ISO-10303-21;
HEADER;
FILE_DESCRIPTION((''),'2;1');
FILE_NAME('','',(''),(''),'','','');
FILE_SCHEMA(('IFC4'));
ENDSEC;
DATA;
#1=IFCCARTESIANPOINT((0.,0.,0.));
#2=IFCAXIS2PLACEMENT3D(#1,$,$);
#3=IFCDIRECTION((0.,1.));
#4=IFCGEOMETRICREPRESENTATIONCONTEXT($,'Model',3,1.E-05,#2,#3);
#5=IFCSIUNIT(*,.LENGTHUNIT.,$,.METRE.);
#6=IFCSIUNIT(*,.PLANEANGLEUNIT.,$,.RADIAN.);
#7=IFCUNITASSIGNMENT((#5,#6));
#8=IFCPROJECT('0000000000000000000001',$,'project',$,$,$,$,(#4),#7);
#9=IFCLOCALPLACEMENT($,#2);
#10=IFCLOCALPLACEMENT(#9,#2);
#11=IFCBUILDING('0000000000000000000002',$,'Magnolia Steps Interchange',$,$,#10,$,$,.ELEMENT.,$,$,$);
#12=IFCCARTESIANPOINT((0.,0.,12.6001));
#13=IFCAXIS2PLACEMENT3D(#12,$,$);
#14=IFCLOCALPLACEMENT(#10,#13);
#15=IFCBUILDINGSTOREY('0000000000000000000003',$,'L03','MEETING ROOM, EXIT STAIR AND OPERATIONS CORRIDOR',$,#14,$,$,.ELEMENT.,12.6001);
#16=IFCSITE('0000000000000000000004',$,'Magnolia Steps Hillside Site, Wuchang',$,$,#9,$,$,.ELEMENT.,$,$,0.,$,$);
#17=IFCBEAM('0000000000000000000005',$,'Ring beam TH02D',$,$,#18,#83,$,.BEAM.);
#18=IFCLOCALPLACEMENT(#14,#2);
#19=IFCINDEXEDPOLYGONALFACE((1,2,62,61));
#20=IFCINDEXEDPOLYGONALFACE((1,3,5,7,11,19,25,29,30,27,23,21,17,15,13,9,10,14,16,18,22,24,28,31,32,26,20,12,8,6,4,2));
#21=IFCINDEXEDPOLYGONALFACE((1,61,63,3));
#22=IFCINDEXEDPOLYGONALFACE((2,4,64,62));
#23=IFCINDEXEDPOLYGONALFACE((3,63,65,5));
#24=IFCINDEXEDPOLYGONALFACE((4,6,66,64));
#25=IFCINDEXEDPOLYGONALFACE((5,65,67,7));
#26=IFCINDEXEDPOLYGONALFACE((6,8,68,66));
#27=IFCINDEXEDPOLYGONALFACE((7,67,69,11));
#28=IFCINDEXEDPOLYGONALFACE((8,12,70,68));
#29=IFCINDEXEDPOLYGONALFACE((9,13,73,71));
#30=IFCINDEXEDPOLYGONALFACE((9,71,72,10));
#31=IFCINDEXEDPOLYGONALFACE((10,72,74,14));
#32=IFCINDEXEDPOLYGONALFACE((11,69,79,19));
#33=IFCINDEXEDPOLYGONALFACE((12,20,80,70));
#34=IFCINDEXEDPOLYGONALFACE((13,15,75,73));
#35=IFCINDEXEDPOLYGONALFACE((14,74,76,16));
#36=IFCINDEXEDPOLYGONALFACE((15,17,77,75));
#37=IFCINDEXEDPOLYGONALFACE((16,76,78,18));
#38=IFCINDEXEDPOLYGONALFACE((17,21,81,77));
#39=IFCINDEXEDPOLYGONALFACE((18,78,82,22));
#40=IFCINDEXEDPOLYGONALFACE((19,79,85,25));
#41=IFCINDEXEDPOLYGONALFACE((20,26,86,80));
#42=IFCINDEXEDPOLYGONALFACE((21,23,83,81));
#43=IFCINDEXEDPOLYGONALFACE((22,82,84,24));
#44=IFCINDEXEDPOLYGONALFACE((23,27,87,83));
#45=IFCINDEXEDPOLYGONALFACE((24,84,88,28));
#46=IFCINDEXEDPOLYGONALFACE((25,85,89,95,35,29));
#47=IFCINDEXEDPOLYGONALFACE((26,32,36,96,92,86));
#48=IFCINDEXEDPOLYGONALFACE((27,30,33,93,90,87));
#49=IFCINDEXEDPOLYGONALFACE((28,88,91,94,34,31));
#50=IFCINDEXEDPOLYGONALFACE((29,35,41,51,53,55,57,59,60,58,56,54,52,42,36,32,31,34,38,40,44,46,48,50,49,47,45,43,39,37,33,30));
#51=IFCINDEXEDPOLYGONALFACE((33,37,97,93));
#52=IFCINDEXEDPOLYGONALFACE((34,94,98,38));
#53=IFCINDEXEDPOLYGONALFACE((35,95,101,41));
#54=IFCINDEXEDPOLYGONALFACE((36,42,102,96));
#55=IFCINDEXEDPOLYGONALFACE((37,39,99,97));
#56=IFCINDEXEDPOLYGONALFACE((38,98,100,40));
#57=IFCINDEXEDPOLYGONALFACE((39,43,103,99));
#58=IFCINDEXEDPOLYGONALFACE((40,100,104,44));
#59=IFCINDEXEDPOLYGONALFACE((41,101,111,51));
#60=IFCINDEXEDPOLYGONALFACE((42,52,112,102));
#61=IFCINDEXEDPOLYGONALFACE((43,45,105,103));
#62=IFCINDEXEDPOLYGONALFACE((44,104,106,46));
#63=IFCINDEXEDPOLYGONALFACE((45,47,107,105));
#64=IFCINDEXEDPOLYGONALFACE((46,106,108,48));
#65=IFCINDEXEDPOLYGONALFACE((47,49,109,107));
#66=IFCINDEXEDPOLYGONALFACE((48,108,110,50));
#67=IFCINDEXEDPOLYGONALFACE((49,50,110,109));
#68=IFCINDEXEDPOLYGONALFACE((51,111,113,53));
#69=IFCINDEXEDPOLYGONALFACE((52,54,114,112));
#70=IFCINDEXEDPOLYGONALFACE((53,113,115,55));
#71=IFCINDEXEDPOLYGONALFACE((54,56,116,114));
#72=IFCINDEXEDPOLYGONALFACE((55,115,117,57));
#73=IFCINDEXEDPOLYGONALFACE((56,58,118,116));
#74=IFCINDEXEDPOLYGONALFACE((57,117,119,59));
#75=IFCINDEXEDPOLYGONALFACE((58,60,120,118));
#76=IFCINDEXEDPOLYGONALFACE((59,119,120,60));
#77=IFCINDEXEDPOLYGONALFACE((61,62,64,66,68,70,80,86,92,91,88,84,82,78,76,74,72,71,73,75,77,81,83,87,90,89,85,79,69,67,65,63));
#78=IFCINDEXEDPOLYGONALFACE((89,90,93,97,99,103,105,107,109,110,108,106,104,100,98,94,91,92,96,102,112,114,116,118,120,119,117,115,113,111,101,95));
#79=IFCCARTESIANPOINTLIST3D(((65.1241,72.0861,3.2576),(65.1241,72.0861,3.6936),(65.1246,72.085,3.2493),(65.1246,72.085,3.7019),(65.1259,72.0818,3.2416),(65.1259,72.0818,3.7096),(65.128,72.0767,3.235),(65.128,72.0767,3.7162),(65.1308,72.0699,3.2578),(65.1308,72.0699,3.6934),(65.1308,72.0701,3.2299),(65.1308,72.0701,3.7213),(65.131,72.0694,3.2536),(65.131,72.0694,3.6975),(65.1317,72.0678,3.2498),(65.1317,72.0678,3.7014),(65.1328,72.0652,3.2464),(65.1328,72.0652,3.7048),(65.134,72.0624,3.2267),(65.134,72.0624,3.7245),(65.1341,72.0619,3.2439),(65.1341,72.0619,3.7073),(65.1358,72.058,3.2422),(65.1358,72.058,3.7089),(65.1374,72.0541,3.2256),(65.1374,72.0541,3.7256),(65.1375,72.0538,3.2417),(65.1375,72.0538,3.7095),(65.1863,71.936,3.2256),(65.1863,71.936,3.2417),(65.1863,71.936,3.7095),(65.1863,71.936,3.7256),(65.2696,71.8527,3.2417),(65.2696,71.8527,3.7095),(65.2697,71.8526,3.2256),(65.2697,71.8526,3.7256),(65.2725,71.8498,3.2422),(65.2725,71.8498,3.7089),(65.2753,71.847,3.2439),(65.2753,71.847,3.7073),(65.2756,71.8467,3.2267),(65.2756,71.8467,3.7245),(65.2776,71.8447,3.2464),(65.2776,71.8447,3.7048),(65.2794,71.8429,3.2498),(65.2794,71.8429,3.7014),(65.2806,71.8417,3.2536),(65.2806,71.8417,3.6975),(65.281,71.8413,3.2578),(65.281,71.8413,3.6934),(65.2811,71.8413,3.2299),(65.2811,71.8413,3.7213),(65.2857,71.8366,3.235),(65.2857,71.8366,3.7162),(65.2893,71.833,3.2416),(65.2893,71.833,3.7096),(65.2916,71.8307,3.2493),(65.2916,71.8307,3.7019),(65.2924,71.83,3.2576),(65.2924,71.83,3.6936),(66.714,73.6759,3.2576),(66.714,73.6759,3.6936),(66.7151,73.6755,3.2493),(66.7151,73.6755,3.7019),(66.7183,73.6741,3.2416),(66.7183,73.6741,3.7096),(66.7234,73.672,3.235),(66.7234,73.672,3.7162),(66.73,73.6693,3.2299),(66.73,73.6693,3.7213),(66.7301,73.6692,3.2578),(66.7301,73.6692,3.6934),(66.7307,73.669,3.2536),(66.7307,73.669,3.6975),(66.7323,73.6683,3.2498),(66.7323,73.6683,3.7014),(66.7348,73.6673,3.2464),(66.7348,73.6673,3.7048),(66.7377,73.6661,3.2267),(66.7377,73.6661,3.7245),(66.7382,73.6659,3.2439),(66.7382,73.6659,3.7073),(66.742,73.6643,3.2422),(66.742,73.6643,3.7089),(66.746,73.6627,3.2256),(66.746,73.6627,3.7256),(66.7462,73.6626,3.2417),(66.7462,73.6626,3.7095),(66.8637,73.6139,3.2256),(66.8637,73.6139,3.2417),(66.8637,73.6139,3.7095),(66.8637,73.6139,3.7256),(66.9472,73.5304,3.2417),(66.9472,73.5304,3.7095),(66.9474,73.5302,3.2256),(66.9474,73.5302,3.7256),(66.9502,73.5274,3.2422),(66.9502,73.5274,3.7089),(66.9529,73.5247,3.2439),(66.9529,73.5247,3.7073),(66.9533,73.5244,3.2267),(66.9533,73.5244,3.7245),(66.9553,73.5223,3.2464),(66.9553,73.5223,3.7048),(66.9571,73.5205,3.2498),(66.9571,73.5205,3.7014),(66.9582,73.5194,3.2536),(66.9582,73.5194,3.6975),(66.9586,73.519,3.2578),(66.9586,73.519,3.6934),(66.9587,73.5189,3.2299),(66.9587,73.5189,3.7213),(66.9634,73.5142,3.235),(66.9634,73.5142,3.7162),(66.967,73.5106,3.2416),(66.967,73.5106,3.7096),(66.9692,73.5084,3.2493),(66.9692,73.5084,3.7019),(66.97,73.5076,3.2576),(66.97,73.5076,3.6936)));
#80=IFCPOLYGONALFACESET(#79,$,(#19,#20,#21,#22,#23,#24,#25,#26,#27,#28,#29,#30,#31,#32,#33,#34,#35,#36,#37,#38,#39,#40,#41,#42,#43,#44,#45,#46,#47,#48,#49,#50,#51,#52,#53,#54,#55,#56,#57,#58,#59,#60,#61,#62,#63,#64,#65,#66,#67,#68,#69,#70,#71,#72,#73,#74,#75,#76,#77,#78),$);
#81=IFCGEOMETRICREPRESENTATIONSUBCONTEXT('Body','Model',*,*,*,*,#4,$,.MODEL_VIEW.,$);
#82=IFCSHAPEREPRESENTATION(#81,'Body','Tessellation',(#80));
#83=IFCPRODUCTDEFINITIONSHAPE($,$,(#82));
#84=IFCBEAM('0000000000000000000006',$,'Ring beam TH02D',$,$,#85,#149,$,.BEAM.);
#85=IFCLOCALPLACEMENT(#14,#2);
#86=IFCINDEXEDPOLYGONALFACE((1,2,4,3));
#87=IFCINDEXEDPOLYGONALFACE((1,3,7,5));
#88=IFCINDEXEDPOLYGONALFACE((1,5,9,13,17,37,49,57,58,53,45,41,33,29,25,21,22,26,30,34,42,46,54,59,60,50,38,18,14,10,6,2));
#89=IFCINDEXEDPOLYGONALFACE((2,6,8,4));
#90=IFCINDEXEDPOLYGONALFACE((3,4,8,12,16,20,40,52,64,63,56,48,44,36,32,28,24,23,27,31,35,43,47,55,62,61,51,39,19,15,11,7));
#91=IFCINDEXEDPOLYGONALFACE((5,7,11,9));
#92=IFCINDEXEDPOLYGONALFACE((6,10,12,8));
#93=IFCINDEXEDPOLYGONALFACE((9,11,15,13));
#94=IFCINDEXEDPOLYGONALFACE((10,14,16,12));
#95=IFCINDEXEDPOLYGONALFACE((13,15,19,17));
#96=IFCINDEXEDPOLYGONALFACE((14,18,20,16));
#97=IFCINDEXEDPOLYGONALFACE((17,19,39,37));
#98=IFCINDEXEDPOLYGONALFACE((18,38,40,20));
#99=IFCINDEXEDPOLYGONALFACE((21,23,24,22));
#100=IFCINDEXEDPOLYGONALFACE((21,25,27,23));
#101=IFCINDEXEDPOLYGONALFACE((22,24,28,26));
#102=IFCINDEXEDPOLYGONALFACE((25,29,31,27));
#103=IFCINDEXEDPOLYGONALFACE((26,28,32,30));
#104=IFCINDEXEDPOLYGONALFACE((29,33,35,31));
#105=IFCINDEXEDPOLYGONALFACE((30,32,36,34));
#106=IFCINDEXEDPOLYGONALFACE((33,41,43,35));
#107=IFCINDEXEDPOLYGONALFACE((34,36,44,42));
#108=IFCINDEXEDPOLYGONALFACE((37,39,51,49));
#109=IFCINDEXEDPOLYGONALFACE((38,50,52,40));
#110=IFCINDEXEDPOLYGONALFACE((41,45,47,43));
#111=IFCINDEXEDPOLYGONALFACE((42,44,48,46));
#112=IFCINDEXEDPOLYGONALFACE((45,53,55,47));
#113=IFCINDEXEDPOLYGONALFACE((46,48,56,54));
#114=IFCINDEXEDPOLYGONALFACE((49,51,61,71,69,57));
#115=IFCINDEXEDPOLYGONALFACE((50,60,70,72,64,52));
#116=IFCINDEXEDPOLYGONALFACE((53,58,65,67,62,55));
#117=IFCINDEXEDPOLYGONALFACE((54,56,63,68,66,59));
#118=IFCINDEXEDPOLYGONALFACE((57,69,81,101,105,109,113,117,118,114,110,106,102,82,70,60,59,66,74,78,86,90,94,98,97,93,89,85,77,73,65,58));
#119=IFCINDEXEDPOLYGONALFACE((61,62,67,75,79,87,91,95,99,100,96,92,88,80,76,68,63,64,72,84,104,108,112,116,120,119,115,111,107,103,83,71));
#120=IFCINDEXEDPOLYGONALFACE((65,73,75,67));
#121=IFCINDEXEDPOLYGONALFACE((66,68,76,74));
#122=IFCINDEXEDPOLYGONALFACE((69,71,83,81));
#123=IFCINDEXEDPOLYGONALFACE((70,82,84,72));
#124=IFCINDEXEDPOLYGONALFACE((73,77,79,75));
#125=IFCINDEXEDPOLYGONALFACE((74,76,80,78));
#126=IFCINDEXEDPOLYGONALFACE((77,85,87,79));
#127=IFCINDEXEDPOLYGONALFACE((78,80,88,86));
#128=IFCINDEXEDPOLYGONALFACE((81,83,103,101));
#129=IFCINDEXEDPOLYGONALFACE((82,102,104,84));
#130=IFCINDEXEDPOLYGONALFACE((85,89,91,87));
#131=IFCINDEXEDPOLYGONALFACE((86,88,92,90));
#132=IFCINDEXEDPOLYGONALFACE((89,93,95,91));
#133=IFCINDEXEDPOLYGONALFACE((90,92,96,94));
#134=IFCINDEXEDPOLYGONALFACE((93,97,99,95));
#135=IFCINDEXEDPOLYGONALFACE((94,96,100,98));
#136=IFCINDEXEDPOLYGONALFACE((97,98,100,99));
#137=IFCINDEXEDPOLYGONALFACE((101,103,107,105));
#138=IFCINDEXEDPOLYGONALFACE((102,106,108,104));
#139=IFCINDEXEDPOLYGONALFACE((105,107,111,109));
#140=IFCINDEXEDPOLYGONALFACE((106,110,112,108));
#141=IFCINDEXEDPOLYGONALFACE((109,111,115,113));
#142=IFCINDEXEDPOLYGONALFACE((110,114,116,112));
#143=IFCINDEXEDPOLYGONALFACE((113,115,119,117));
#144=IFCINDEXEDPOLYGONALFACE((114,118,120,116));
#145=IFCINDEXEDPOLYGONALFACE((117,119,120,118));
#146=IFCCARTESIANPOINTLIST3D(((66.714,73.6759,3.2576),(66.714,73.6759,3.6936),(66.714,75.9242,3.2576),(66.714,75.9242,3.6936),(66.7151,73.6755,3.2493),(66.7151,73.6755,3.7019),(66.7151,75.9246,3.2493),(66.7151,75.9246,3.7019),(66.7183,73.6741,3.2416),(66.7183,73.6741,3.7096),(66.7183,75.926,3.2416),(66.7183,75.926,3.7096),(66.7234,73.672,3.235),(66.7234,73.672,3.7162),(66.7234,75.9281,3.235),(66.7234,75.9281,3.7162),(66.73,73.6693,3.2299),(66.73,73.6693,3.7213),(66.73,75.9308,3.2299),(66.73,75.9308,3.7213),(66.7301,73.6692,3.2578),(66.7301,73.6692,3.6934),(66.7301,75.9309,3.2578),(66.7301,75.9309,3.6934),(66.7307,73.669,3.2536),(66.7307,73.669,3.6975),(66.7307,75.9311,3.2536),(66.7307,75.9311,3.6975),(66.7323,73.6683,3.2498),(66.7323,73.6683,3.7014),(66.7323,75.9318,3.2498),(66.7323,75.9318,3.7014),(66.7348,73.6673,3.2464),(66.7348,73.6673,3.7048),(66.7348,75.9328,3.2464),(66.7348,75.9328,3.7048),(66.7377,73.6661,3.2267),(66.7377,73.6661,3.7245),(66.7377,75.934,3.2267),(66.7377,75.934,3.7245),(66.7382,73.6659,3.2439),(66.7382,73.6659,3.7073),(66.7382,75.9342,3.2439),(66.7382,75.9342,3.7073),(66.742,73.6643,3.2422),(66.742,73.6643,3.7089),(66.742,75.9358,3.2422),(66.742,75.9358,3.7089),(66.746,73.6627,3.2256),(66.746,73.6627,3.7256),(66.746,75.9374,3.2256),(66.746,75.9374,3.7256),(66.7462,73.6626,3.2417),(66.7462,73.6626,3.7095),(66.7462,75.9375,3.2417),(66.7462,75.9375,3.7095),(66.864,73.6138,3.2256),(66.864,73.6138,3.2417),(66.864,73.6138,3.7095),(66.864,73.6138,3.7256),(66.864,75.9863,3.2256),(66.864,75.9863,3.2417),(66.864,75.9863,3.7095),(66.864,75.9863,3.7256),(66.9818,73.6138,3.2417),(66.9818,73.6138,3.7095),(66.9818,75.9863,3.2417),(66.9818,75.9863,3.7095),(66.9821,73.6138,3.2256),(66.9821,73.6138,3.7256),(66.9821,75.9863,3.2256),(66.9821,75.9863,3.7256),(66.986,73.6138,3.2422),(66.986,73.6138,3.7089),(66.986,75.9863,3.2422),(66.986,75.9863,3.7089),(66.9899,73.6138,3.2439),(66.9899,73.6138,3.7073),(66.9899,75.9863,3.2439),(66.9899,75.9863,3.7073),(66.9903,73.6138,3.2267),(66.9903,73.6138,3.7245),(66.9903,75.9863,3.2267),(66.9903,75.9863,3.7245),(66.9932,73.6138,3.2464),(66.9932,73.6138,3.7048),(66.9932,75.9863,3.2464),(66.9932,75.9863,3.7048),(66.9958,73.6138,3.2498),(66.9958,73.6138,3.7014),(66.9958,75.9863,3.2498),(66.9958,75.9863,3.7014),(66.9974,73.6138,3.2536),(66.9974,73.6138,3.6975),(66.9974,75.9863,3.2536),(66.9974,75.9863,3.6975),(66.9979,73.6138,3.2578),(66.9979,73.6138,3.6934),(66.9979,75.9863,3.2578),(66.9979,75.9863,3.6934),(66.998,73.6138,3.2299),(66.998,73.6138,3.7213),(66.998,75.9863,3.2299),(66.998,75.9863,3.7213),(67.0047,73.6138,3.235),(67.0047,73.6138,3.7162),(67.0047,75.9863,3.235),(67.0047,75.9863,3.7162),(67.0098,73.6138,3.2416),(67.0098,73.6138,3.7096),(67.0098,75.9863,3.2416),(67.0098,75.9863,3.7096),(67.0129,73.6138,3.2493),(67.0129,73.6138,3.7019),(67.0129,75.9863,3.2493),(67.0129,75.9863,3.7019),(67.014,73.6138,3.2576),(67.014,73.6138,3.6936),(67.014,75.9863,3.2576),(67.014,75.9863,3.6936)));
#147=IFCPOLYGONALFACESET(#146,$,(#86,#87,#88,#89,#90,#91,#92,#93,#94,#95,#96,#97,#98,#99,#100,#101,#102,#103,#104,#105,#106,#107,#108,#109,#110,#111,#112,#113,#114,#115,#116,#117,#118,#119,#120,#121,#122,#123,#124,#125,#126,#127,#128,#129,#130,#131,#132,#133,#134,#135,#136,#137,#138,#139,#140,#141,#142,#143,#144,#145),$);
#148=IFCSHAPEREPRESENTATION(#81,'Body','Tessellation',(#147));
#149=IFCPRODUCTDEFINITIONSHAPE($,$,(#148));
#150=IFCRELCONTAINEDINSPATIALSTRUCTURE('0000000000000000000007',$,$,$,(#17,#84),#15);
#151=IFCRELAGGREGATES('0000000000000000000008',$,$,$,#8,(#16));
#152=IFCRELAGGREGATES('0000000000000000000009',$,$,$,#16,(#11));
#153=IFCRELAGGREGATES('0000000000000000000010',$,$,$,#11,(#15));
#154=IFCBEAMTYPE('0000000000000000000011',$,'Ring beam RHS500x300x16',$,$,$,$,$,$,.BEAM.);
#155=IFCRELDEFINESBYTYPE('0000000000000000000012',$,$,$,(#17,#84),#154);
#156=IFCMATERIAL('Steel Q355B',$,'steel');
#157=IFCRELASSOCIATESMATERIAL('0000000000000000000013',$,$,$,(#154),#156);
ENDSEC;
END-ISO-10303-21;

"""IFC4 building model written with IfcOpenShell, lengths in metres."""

from ifc_helpers import new_model, si_unit, direction, frame, origin, origin_2d, place, context, subcontext, project, spatial, hollow_rectangle, extrude, clip, halfspace, material, material_profile, profile_set, type_object, element, save


model = new_model("IFC4")

# Units and contexts
model_context = context("Model", 3, precision=1e-05, world=origin(), true_north=direction((0.0, 1.0)))
body_context = subcontext(model_context, "Body", "Model", "MODEL_VIEW")
ifc_project = project(units=[si_unit("LENGTHUNIT", "METRE"), si_unit("PLANEANGLEUNIT", "RADIAN")], contexts=[model_context])

# Site, building, storey
site_placement = place(None, origin())
site = spatial("IfcSite", under=ifc_project, at=site_placement, Name="Magnolia Steps Hillside Site, Wuchang", CompositionType="ELEMENT", RefElevation=0.0)
building_placement = place(site_placement, origin())
building = spatial("IfcBuilding", under=site, at=building_placement, Name="Magnolia Steps Interchange", CompositionType="ELEMENT")
storey_placement = place(building_placement, frame((0.0, 0.0, 12.6001)))
storey = spatial("IfcBuildingStorey", under=building, at=storey_placement, Name="L03", Description="MEETING ROOM, EXIT STAIR AND OPERATIONS CORRIDOR", CompositionType="ELEMENT", Elevation=12.6001)

# Beams
ifc_material_1 = material(Name="Steel Q355B", Category="steel")
ifc_material_profile_1 = material_profile(ifc_material_1, hollow_rectangle(XDim=0.3, YDim=0.5, WallThickness=0.0161, InnerFilletRadius=0.0161, OuterFilletRadius=0.032, at=origin_2d()), Name="RHS500x300x16")
ifc_profile_set_1 = profile_set([ifc_material_profile_1], Name="Steel Q355B")
beam_type_1 = type_object("IfcBeamType", Name="Ring beam RHS500x300x16", PredefinedType="BEAM", material=ifc_profile_set_1)
beam_1_placement = place(storey_placement, frame((65.1863, 71.936, 3.4756), z_axis=(0.707107, 0.707107, 0.0), x_axis=(-0.707107, 0.707107, 0.0)))
element("IfcBeam", 1, at=beam_1_placement, inside=storey, type_object=beam_type_1, Name="Ring beam TH02D", PredefinedType="BEAM", context=body_context, shape_type="Clipping", body=[
    clip(clip(extrude(hollow_rectangle(XDim=0.3, YDim=0.5, WallThickness=0.0161, InnerFilletRadius=0.0161, OuterFilletRadius=0.032, at=origin_2d()), origin(), (0.0, 0.0, 1.0), 2.3726), halfspace(frame((0.0, 0.0, 0.0), z_axis=(0.382683, 0.0, -0.92388), x_axis=(0.92388, 0.0, 0.382683)), False)), halfspace(frame((0.0, 0.0, 2.3727), z_axis=(0.382683, 0.0, 0.92388), x_axis=(0.92388, 0.0, -0.382683)), False)),
])
beam_2_placement = place(storey_placement, frame((66.864, 73.6138, 3.4756), z_axis=(0.0, 1.0, 0.0), x_axis=(-1.0, 0.0, 0.0)))
element("IfcBeam", 2, at=beam_2_placement, inside=storey, type_object=beam_type_1, Name="Ring beam TH02D", PredefinedType="BEAM", context=body_context, shape_type="Clipping", body=[
    clip(clip(extrude(hollow_rectangle(XDim=0.3, YDim=0.5, WallThickness=0.0161, InnerFilletRadius=0.0161, OuterFilletRadius=0.032, at=origin_2d()), origin(), (0.0, 0.0, 1.0), 2.3726), halfspace(frame((0.0, 0.0, 0.0), z_axis=(0.382683, 0.0, -0.92388), x_axis=(0.92388, 0.0, 0.382683)), False)), halfspace(frame((0.0, 0.0, 2.3726), z_axis=(0.382683, 0.0, 0.92388), x_axis=(0.92388, 0.0, -0.382683)), False)),
])

save(model, "model.ifc")
